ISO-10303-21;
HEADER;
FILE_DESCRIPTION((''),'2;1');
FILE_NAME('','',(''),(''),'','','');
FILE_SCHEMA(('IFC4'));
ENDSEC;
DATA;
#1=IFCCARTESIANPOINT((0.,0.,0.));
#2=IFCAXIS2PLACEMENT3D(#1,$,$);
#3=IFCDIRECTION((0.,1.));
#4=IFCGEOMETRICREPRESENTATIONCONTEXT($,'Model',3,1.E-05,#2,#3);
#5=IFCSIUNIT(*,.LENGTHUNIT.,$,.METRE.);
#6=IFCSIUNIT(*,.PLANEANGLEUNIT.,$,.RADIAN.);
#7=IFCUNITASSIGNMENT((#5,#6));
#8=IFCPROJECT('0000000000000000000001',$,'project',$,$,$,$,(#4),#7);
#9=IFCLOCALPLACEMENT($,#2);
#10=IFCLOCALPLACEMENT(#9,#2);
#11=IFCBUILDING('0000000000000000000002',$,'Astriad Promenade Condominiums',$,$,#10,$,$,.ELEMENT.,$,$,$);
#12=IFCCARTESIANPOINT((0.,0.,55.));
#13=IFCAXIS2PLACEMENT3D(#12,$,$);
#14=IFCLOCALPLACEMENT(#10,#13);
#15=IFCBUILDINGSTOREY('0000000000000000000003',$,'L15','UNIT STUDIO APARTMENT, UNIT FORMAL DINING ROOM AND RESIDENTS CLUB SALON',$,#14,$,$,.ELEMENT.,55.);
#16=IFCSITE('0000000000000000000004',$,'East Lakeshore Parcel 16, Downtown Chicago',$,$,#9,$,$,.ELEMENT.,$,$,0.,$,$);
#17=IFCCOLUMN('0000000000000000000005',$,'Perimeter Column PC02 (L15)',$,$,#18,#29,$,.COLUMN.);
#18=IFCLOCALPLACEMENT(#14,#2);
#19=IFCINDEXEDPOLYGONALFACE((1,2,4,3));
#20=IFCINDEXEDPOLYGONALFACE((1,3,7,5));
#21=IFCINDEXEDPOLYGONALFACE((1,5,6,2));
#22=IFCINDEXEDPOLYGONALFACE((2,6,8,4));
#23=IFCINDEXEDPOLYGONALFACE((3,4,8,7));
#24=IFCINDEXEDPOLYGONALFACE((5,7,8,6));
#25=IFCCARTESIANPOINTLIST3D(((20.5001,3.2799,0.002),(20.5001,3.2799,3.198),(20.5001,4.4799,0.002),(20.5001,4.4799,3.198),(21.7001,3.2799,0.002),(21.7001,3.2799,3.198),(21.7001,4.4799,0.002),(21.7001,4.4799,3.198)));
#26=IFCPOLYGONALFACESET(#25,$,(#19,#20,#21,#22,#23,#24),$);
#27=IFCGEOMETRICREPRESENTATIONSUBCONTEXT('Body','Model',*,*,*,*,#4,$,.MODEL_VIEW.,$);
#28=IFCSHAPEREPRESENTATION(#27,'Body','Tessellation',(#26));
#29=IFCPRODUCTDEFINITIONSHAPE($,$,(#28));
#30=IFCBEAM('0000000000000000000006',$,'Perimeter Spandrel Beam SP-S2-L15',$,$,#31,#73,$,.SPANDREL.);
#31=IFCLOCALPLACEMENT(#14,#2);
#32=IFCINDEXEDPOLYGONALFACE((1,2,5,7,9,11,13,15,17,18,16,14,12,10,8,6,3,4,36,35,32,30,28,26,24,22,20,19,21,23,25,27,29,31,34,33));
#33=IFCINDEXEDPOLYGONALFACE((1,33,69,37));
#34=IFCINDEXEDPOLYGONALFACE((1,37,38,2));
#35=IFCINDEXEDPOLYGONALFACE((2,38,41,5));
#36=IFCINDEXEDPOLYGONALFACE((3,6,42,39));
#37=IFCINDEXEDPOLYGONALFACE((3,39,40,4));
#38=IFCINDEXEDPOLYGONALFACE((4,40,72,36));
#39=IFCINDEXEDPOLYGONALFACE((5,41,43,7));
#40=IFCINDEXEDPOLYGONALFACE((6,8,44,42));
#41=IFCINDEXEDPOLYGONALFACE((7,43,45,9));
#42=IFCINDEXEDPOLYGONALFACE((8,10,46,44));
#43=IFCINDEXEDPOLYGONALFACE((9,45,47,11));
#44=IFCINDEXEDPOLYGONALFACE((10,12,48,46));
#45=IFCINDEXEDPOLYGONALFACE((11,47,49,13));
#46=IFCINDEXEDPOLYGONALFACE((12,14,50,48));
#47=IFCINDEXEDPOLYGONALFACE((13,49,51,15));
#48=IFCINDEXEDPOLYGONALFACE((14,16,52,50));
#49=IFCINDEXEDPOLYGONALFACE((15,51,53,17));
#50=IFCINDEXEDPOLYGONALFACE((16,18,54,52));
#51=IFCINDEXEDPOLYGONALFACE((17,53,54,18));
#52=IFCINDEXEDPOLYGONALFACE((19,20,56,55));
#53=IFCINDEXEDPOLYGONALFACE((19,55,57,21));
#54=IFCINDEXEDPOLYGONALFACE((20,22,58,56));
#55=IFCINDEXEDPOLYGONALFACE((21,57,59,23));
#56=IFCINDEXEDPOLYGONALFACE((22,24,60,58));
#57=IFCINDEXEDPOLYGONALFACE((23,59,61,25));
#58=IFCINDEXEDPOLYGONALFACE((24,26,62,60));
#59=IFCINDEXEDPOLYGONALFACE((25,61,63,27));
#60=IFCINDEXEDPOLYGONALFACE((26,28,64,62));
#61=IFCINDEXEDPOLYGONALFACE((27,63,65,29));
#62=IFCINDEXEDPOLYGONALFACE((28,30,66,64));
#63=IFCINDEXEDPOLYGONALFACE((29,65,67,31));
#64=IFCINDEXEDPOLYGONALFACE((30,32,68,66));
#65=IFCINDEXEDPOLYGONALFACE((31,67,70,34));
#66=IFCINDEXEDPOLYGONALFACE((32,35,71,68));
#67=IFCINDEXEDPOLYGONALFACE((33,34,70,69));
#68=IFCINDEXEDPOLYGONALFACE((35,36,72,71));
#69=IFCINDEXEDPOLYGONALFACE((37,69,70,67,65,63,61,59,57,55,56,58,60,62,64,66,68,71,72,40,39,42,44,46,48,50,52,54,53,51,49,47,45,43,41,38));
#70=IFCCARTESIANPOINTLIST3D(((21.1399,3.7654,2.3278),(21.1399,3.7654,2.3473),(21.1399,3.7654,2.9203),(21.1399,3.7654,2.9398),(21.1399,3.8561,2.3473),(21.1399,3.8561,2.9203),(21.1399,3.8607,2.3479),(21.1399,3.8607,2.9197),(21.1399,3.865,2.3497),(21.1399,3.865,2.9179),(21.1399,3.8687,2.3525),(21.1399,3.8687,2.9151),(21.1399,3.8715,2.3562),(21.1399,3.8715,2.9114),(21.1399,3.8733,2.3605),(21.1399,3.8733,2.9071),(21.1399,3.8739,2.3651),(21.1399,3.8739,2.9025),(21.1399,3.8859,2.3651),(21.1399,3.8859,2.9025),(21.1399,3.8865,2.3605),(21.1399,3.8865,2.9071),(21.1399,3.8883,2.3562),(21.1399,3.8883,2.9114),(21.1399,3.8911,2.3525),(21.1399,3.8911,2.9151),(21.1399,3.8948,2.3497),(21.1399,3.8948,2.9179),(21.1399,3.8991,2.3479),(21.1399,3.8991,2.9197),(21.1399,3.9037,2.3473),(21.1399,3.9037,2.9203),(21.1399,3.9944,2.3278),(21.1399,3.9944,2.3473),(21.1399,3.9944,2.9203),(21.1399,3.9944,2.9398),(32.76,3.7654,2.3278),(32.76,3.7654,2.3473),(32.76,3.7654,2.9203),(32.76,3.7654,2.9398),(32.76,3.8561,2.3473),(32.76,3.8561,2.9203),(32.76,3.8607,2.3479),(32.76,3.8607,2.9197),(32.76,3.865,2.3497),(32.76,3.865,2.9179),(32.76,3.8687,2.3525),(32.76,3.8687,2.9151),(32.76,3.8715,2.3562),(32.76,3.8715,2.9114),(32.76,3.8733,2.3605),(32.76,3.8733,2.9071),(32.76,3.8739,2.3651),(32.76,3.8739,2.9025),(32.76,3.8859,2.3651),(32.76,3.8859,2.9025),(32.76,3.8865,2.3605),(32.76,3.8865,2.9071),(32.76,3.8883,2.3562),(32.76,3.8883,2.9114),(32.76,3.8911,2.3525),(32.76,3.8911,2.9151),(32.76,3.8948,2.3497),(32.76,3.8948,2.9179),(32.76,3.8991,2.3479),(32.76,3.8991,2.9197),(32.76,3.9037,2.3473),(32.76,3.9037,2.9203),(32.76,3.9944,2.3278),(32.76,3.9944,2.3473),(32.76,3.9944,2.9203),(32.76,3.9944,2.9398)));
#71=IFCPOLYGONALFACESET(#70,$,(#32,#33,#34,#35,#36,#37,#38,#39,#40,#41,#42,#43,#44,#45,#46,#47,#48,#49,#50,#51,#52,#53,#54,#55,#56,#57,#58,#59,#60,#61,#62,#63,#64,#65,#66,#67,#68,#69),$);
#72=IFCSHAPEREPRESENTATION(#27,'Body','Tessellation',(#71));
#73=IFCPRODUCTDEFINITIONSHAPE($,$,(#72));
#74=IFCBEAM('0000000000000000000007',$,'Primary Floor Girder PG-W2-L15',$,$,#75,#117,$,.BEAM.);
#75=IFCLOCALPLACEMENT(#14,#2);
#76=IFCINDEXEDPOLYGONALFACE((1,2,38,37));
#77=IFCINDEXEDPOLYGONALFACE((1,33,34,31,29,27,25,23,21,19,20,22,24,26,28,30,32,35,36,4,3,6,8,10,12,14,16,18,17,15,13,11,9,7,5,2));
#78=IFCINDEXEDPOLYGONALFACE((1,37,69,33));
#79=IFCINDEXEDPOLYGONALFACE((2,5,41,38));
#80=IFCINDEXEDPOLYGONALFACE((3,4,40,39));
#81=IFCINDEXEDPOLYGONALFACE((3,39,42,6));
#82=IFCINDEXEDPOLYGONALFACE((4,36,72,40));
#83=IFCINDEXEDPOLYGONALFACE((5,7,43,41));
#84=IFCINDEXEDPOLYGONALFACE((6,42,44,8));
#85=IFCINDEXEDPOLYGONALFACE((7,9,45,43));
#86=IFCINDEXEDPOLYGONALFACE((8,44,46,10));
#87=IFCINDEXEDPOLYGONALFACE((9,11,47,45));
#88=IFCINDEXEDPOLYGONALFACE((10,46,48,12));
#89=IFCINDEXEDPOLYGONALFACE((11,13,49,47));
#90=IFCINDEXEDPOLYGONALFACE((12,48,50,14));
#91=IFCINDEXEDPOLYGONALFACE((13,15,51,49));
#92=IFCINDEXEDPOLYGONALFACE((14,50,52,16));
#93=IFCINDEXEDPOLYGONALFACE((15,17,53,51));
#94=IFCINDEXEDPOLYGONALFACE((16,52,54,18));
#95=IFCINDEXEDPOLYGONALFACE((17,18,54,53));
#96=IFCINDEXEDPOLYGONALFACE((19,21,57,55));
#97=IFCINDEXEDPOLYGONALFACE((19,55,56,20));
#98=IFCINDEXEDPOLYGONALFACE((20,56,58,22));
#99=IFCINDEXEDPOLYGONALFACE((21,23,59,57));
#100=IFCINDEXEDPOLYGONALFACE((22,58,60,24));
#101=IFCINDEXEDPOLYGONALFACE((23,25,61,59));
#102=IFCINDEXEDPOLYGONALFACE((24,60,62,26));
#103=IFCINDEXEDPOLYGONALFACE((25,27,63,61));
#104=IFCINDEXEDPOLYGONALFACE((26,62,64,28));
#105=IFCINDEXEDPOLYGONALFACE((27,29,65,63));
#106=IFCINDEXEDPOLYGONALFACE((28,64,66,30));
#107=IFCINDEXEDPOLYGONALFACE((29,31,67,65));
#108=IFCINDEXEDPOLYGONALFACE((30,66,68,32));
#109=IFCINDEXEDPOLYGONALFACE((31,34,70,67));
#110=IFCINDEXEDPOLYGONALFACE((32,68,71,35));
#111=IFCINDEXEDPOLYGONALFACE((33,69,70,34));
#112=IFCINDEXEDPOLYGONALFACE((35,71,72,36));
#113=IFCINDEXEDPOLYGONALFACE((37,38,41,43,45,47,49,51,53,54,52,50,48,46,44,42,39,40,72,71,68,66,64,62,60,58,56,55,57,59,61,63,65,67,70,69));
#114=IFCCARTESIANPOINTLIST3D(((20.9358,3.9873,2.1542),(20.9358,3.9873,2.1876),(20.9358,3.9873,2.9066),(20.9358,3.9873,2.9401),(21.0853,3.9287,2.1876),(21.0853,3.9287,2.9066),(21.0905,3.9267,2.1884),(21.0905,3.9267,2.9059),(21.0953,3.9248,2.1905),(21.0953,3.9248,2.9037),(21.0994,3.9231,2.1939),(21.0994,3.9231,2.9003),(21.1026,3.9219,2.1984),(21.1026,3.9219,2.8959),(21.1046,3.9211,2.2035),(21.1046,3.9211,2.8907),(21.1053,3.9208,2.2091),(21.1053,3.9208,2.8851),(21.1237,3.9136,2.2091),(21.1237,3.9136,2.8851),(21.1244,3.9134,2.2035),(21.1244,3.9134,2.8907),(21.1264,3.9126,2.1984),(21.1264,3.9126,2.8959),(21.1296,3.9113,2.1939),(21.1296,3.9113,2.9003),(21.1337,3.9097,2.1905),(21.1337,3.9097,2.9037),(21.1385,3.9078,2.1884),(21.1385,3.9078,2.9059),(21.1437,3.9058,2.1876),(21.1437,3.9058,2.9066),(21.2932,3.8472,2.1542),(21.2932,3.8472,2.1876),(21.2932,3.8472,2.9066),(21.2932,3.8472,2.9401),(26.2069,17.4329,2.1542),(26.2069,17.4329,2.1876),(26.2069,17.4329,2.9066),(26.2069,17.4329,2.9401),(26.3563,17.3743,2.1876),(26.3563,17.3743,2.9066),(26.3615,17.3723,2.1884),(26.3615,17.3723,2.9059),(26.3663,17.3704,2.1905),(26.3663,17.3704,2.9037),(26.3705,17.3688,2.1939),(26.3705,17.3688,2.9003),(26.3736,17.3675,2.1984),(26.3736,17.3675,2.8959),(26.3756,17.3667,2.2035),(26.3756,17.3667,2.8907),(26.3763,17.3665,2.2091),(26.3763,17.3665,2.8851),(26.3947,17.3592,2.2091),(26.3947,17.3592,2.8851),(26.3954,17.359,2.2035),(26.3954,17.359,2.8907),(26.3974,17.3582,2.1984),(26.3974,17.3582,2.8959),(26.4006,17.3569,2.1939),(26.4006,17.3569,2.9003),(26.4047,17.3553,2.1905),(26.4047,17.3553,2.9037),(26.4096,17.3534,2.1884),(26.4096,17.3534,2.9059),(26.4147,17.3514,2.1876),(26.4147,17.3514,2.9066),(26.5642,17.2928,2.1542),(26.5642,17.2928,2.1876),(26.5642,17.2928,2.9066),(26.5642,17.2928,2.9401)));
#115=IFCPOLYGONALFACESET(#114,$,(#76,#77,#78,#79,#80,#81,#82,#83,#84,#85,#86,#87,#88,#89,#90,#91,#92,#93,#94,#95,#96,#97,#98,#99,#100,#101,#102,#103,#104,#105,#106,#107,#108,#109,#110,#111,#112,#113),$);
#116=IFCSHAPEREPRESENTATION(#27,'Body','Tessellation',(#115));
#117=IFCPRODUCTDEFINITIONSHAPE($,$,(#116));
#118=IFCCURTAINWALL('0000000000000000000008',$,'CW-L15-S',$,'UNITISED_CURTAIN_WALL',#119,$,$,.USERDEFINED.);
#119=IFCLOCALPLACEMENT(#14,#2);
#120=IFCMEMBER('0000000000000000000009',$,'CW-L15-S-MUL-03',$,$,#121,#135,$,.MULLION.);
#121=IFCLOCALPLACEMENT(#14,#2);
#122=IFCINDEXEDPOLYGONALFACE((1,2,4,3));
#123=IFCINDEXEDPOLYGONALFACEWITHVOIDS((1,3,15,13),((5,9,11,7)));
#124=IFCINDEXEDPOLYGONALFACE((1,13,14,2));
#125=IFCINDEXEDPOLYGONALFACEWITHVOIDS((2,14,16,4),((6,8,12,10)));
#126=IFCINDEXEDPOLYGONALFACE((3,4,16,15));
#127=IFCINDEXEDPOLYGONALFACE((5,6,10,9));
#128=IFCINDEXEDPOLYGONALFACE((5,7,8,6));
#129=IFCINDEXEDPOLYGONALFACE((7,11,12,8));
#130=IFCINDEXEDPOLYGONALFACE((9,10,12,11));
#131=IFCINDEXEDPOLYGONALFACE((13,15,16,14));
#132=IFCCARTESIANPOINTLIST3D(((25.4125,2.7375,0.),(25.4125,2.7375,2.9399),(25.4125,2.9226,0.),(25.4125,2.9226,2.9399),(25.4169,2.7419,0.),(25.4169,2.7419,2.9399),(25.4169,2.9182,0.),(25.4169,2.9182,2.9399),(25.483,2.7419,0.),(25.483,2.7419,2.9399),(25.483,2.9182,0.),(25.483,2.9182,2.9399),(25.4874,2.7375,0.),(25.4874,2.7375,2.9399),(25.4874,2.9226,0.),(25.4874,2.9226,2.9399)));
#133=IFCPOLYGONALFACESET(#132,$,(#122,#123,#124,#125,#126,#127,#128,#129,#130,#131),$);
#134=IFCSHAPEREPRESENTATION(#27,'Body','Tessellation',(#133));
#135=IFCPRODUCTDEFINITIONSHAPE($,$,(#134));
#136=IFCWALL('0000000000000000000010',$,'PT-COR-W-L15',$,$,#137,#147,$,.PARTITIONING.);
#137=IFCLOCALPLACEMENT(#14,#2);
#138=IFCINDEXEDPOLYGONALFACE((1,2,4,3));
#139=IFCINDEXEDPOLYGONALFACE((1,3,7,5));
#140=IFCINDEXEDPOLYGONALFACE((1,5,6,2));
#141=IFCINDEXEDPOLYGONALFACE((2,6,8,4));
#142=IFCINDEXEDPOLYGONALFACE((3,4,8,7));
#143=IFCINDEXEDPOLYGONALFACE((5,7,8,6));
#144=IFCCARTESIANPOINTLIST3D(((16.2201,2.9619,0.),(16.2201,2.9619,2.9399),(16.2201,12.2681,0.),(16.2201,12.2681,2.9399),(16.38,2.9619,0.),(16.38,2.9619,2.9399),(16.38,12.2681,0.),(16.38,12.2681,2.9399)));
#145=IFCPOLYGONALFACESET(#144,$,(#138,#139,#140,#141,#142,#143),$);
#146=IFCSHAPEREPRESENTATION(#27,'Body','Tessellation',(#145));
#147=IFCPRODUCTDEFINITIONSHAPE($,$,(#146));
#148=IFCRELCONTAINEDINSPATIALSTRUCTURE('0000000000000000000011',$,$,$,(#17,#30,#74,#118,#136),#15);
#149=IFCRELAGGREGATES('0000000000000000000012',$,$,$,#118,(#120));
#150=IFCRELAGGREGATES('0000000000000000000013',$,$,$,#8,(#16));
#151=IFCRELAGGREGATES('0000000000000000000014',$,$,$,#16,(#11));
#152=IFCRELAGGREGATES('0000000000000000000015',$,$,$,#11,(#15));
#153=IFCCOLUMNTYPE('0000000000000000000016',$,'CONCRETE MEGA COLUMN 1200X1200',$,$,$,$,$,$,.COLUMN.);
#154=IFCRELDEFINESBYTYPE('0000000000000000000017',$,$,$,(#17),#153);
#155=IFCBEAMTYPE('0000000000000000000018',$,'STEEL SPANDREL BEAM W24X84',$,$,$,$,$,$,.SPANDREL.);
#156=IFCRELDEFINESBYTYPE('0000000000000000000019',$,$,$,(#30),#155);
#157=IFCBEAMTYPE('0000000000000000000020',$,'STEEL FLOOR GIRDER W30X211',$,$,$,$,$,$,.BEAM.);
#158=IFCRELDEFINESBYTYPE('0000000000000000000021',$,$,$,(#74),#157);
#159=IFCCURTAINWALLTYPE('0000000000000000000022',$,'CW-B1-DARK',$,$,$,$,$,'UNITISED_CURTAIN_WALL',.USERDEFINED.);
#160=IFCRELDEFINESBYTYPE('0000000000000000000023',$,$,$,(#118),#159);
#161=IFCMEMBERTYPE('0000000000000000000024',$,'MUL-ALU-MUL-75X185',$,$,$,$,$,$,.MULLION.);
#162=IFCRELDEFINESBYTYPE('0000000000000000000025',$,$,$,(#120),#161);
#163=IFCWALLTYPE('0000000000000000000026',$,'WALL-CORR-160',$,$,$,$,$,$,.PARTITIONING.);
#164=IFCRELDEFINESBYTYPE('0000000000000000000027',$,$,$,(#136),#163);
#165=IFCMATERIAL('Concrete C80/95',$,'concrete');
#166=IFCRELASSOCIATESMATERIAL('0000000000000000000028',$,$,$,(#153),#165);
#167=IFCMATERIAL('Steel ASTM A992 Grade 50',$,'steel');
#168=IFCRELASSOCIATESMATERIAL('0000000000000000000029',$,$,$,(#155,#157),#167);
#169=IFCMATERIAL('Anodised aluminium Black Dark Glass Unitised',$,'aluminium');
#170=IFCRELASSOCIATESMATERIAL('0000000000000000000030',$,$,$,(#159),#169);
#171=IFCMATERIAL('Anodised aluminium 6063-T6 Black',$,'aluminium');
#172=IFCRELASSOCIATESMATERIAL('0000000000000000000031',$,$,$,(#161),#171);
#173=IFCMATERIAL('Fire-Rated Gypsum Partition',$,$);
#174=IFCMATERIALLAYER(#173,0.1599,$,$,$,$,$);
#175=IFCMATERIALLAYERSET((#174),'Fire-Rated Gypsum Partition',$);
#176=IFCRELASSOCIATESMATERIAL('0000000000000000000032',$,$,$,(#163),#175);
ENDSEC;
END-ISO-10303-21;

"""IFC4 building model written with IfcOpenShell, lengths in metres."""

from ifc_helpers import new_model, si_unit, direction, frame, frame_2d, origin, origin_2d, place, context, subcontext, project, spatial, rectangle, hollow_rectangle, i_section, extrude, source, transform, mapped, material, layer, layer_set, material_profile, profile_set, type_object, type_shapes, element, aggregate, save


model = new_model("IFC4")

# Units and contexts
model_context = context("Model", 3, precision=1e-05, world=origin(), true_north=direction((0.0, 1.0)))
body_context = subcontext(model_context, "Body", "Model", "MODEL_VIEW")
ifc_project = project(units=[si_unit("LENGTHUNIT", "METRE"), si_unit("PLANEANGLEUNIT", "RADIAN")], contexts=[model_context])

# Site, building, storey
site_placement = place(None, origin())
site = spatial("IfcSite", under=ifc_project, at=site_placement, Name="East Lakeshore Parcel 16, Downtown Chicago", CompositionType="ELEMENT", RefElevation=0.0)
building_placement = place(site_placement, origin())
building = spatial("IfcBuilding", under=site, at=building_placement, Name="Astriad Promenade Condominiums", CompositionType="ELEMENT")
storey_placement = place(building_placement, frame((0.0, 0.0, 55.0)))
storey = spatial("IfcBuildingStorey", under=building, at=storey_placement, Name="L15", Description="UNIT STUDIO APARTMENT, UNIT FORMAL DINING ROOM AND RESIDENTS CLUB SALON", CompositionType="ELEMENT", Elevation=55.0)

# Column
ifc_material_1 = material(Name="Concrete C80/95", Category="concrete")
ifc_material_profile_1 = material_profile(ifc_material_1, rectangle(XDim=1.2, YDim=1.2, at=origin_2d()), Name="RC-COL-1200X1200")
ifc_profile_set_1 = profile_set([ifc_material_profile_1], Name="Concrete C80/95")
column_type = type_object("IfcColumnType", Name="CONCRETE MEGA COLUMN 1200X1200", PredefinedType="COLUMN", material=ifc_profile_set_1)
shared_shape_1 = source(origin(), body_context, "Body", "SweptSolid", [
    extrude(rectangle(XDim=1.2, YDim=1.2, at=origin_2d()), origin(), (0.0, 0.0, 1.0), 3.196),
])
type_shapes(column_type, [shared_shape_1])
column_placement = place(storey_placement, frame((21.1001, 3.8799, 0.002), z_axis=(0.0, 0.0, 1.0), x_axis=(1.0, 0.0, 0.0)))
element("IfcColumn", 1, at=column_placement, inside=storey, type_object=column_type, Name="Perimeter Column PC02 (L15)", PredefinedType="COLUMN", context=body_context, shape_type="MappedRepresentation", body=[
    mapped(shared_shape_1, transform((0.0, 0.0, 0.0), scale=1.0)),
])

# Beams
ifc_material_2 = material(Name="Steel ASTM A992 Grade 50", Category="steel")
ifc_material_profile_2 = material_profile(ifc_material_2, i_section(OverallWidth=0.229, OverallDepth=0.6121, WebThickness=0.012, FlangeThickness=0.0195, FilletRadius=0.0178, at=origin_2d()), Name="W24X84")
ifc_profile_set_2 = profile_set([ifc_material_profile_2], Name="Steel ASTM A992 Grade 50")
beam_type_1 = type_object("IfcBeamType", Name="STEEL SPANDREL BEAM W24X84", PredefinedType="SPANDREL", material=ifc_profile_set_2)
shared_shape_2 = source(origin(), body_context, "Body", "SweptSolid", [
    extrude(i_section(OverallWidth=0.229, OverallDepth=0.6121, WebThickness=0.012, FlangeThickness=0.0195, FilletRadius=0.0178, at=origin_2d()), origin(), (0.0, 0.0, 1.0), 11.6201),
])
type_shapes(beam_type_1, [shared_shape_2])
beam_1_placement = place(storey_placement, frame((21.1399, 3.8799, 2.6338), z_axis=(1.0, 0.0, 0.0), x_axis=(0.0, 1.0, 0.0)))
element("IfcBeam", 2, at=beam_1_placement, inside=storey, type_object=beam_type_1, Name="Perimeter Spandrel Beam SP-S2-L15", PredefinedType="SPANDREL", context=body_context, shape_type="MappedRepresentation", body=[
    mapped(shared_shape_2, transform((0.0, 0.0, 0.0), scale=1.0)),
])
ifc_material_profile_3 = material_profile(ifc_material_2, i_section(OverallWidth=0.3838, OverallDepth=0.7859, WebThickness=0.0198, FlangeThickness=0.0334, FilletRadius=0.0215, at=origin_2d()), Name="W30X211")
ifc_profile_set_3 = profile_set([ifc_material_profile_3], Name="Steel ASTM A992 Grade 50")
beam_type_2 = type_object("IfcBeamType", Name="STEEL FLOOR GIRDER W30X211", PredefinedType="BEAM", material=ifc_profile_set_3)
shared_shape_3 = source(origin(), body_context, "Body", "SweptSolid", [
    extrude(i_section(OverallWidth=0.3838, OverallDepth=0.7859, WebThickness=0.0198, FlangeThickness=0.0334, FilletRadius=0.0215, at=origin_2d()), origin(), (0.0, 0.0, 1.0), 14.4419),
])
type_shapes(beam_type_2, [shared_shape_3])
beam_2_placement = place(storey_placement, frame((21.1145, 3.9172, 2.5471), z_axis=(0.364981, 0.931015, 0.0), x_axis=(-0.931015, 0.364981, 0.0)))
element("IfcBeam", 3, at=beam_2_placement, inside=storey, type_object=beam_type_2, Name="Primary Floor Girder PG-W2-L15", PredefinedType="BEAM", context=body_context, shape_type="MappedRepresentation", body=[
    mapped(shared_shape_3, transform((0.0, 0.0, 0.0), scale=1.0)),
])

# Curtain wall, member
ifc_material_3 = material(Name="Anodised aluminium Black Dark Glass Unitised", Category="aluminium")
curtain_wall_type = type_object("IfcCurtainWallType", Name="CW-B1-DARK", ElementType="UNITISED_CURTAIN_WALL", PredefinedType="USERDEFINED", material=ifc_material_3)
curtain_wall_placement = place(storey_placement, origin())
curtain_wall = element("IfcCurtainWall", 4, at=curtain_wall_placement, inside=storey, type_object=curtain_wall_type, Name="CW-L15-S", ObjectType="UNITISED_CURTAIN_WALL", PredefinedType="USERDEFINED")
ifc_material_4 = material(Name="Anodised aluminium 6063-T6 Black", Category="aluminium")
ifc_material_profile_4 = material_profile(ifc_material_4, hollow_rectangle(XDim=0.075, YDim=0.1851, WallThickness=0.0044, at=origin_2d()), Name="ALU-MUL-75X185")
ifc_profile_set_4 = profile_set([ifc_material_profile_4], Name="Anodised aluminium 6063-T6 Black")
member_type = type_object("IfcMemberType", Name="MUL-ALU-MUL-75X185", PredefinedType="MULLION", material=ifc_profile_set_4)
shared_shape_4 = source(origin(), body_context, "Body", "SweptSolid", [
    extrude(hollow_rectangle(XDim=0.075, YDim=0.1851, WallThickness=0.0044, at=origin_2d()), origin(), (0.0, 0.0, 1.0), 2.9399),
])
type_shapes(member_type, [shared_shape_4])
member_placement = place(storey_placement, frame((25.45, 2.8301, 0.0), z_axis=(0.0, 0.0, 1.0), x_axis=(1.0, 0.0, 0.0)))
member = element("IfcMember", 5, at=member_placement, type_object=member_type, Name="CW-L15-S-MUL-03", PredefinedType="MULLION", context=body_context, shape_type="MappedRepresentation", body=[
    mapped(shared_shape_4, transform((0.0, 0.0, 0.0), scale=1.0)),
])
aggregate(curtain_wall, [member])

# Wall
ifc_material_5 = material(Name="Fire-Rated Gypsum Partition")
ifc_layer_1 = layer(ifc_material_5, 0.1599)
ifc_layer_set_1 = layer_set([ifc_layer_1], Name="Fire-Rated Gypsum Partition")
wall_type_1 = type_object("IfcWallType", Name="WALL-CORR-160", PredefinedType="PARTITIONING", material=ifc_layer_set_1)
wall_1_placement = place(storey_placement, frame((16.3, 2.9619, 0.0), z_axis=(0.0, 0.0, 1.0), x_axis=(0.0, 1.0, 0.0)))
element("IfcWall", 6, at=wall_1_placement, inside=storey, type_object=wall_type_1, Name="PT-COR-W-L15", PredefinedType="PARTITIONING", context=body_context, shape_type="SweptSolid", body=[
    extrude(rectangle(XDim=9.3062, YDim=0.1599, at=frame_2d((4.6531, 0.0))), origin(), (0.0, 0.0, 1.0), 2.9399),
])

save(model, "model.ifc")
